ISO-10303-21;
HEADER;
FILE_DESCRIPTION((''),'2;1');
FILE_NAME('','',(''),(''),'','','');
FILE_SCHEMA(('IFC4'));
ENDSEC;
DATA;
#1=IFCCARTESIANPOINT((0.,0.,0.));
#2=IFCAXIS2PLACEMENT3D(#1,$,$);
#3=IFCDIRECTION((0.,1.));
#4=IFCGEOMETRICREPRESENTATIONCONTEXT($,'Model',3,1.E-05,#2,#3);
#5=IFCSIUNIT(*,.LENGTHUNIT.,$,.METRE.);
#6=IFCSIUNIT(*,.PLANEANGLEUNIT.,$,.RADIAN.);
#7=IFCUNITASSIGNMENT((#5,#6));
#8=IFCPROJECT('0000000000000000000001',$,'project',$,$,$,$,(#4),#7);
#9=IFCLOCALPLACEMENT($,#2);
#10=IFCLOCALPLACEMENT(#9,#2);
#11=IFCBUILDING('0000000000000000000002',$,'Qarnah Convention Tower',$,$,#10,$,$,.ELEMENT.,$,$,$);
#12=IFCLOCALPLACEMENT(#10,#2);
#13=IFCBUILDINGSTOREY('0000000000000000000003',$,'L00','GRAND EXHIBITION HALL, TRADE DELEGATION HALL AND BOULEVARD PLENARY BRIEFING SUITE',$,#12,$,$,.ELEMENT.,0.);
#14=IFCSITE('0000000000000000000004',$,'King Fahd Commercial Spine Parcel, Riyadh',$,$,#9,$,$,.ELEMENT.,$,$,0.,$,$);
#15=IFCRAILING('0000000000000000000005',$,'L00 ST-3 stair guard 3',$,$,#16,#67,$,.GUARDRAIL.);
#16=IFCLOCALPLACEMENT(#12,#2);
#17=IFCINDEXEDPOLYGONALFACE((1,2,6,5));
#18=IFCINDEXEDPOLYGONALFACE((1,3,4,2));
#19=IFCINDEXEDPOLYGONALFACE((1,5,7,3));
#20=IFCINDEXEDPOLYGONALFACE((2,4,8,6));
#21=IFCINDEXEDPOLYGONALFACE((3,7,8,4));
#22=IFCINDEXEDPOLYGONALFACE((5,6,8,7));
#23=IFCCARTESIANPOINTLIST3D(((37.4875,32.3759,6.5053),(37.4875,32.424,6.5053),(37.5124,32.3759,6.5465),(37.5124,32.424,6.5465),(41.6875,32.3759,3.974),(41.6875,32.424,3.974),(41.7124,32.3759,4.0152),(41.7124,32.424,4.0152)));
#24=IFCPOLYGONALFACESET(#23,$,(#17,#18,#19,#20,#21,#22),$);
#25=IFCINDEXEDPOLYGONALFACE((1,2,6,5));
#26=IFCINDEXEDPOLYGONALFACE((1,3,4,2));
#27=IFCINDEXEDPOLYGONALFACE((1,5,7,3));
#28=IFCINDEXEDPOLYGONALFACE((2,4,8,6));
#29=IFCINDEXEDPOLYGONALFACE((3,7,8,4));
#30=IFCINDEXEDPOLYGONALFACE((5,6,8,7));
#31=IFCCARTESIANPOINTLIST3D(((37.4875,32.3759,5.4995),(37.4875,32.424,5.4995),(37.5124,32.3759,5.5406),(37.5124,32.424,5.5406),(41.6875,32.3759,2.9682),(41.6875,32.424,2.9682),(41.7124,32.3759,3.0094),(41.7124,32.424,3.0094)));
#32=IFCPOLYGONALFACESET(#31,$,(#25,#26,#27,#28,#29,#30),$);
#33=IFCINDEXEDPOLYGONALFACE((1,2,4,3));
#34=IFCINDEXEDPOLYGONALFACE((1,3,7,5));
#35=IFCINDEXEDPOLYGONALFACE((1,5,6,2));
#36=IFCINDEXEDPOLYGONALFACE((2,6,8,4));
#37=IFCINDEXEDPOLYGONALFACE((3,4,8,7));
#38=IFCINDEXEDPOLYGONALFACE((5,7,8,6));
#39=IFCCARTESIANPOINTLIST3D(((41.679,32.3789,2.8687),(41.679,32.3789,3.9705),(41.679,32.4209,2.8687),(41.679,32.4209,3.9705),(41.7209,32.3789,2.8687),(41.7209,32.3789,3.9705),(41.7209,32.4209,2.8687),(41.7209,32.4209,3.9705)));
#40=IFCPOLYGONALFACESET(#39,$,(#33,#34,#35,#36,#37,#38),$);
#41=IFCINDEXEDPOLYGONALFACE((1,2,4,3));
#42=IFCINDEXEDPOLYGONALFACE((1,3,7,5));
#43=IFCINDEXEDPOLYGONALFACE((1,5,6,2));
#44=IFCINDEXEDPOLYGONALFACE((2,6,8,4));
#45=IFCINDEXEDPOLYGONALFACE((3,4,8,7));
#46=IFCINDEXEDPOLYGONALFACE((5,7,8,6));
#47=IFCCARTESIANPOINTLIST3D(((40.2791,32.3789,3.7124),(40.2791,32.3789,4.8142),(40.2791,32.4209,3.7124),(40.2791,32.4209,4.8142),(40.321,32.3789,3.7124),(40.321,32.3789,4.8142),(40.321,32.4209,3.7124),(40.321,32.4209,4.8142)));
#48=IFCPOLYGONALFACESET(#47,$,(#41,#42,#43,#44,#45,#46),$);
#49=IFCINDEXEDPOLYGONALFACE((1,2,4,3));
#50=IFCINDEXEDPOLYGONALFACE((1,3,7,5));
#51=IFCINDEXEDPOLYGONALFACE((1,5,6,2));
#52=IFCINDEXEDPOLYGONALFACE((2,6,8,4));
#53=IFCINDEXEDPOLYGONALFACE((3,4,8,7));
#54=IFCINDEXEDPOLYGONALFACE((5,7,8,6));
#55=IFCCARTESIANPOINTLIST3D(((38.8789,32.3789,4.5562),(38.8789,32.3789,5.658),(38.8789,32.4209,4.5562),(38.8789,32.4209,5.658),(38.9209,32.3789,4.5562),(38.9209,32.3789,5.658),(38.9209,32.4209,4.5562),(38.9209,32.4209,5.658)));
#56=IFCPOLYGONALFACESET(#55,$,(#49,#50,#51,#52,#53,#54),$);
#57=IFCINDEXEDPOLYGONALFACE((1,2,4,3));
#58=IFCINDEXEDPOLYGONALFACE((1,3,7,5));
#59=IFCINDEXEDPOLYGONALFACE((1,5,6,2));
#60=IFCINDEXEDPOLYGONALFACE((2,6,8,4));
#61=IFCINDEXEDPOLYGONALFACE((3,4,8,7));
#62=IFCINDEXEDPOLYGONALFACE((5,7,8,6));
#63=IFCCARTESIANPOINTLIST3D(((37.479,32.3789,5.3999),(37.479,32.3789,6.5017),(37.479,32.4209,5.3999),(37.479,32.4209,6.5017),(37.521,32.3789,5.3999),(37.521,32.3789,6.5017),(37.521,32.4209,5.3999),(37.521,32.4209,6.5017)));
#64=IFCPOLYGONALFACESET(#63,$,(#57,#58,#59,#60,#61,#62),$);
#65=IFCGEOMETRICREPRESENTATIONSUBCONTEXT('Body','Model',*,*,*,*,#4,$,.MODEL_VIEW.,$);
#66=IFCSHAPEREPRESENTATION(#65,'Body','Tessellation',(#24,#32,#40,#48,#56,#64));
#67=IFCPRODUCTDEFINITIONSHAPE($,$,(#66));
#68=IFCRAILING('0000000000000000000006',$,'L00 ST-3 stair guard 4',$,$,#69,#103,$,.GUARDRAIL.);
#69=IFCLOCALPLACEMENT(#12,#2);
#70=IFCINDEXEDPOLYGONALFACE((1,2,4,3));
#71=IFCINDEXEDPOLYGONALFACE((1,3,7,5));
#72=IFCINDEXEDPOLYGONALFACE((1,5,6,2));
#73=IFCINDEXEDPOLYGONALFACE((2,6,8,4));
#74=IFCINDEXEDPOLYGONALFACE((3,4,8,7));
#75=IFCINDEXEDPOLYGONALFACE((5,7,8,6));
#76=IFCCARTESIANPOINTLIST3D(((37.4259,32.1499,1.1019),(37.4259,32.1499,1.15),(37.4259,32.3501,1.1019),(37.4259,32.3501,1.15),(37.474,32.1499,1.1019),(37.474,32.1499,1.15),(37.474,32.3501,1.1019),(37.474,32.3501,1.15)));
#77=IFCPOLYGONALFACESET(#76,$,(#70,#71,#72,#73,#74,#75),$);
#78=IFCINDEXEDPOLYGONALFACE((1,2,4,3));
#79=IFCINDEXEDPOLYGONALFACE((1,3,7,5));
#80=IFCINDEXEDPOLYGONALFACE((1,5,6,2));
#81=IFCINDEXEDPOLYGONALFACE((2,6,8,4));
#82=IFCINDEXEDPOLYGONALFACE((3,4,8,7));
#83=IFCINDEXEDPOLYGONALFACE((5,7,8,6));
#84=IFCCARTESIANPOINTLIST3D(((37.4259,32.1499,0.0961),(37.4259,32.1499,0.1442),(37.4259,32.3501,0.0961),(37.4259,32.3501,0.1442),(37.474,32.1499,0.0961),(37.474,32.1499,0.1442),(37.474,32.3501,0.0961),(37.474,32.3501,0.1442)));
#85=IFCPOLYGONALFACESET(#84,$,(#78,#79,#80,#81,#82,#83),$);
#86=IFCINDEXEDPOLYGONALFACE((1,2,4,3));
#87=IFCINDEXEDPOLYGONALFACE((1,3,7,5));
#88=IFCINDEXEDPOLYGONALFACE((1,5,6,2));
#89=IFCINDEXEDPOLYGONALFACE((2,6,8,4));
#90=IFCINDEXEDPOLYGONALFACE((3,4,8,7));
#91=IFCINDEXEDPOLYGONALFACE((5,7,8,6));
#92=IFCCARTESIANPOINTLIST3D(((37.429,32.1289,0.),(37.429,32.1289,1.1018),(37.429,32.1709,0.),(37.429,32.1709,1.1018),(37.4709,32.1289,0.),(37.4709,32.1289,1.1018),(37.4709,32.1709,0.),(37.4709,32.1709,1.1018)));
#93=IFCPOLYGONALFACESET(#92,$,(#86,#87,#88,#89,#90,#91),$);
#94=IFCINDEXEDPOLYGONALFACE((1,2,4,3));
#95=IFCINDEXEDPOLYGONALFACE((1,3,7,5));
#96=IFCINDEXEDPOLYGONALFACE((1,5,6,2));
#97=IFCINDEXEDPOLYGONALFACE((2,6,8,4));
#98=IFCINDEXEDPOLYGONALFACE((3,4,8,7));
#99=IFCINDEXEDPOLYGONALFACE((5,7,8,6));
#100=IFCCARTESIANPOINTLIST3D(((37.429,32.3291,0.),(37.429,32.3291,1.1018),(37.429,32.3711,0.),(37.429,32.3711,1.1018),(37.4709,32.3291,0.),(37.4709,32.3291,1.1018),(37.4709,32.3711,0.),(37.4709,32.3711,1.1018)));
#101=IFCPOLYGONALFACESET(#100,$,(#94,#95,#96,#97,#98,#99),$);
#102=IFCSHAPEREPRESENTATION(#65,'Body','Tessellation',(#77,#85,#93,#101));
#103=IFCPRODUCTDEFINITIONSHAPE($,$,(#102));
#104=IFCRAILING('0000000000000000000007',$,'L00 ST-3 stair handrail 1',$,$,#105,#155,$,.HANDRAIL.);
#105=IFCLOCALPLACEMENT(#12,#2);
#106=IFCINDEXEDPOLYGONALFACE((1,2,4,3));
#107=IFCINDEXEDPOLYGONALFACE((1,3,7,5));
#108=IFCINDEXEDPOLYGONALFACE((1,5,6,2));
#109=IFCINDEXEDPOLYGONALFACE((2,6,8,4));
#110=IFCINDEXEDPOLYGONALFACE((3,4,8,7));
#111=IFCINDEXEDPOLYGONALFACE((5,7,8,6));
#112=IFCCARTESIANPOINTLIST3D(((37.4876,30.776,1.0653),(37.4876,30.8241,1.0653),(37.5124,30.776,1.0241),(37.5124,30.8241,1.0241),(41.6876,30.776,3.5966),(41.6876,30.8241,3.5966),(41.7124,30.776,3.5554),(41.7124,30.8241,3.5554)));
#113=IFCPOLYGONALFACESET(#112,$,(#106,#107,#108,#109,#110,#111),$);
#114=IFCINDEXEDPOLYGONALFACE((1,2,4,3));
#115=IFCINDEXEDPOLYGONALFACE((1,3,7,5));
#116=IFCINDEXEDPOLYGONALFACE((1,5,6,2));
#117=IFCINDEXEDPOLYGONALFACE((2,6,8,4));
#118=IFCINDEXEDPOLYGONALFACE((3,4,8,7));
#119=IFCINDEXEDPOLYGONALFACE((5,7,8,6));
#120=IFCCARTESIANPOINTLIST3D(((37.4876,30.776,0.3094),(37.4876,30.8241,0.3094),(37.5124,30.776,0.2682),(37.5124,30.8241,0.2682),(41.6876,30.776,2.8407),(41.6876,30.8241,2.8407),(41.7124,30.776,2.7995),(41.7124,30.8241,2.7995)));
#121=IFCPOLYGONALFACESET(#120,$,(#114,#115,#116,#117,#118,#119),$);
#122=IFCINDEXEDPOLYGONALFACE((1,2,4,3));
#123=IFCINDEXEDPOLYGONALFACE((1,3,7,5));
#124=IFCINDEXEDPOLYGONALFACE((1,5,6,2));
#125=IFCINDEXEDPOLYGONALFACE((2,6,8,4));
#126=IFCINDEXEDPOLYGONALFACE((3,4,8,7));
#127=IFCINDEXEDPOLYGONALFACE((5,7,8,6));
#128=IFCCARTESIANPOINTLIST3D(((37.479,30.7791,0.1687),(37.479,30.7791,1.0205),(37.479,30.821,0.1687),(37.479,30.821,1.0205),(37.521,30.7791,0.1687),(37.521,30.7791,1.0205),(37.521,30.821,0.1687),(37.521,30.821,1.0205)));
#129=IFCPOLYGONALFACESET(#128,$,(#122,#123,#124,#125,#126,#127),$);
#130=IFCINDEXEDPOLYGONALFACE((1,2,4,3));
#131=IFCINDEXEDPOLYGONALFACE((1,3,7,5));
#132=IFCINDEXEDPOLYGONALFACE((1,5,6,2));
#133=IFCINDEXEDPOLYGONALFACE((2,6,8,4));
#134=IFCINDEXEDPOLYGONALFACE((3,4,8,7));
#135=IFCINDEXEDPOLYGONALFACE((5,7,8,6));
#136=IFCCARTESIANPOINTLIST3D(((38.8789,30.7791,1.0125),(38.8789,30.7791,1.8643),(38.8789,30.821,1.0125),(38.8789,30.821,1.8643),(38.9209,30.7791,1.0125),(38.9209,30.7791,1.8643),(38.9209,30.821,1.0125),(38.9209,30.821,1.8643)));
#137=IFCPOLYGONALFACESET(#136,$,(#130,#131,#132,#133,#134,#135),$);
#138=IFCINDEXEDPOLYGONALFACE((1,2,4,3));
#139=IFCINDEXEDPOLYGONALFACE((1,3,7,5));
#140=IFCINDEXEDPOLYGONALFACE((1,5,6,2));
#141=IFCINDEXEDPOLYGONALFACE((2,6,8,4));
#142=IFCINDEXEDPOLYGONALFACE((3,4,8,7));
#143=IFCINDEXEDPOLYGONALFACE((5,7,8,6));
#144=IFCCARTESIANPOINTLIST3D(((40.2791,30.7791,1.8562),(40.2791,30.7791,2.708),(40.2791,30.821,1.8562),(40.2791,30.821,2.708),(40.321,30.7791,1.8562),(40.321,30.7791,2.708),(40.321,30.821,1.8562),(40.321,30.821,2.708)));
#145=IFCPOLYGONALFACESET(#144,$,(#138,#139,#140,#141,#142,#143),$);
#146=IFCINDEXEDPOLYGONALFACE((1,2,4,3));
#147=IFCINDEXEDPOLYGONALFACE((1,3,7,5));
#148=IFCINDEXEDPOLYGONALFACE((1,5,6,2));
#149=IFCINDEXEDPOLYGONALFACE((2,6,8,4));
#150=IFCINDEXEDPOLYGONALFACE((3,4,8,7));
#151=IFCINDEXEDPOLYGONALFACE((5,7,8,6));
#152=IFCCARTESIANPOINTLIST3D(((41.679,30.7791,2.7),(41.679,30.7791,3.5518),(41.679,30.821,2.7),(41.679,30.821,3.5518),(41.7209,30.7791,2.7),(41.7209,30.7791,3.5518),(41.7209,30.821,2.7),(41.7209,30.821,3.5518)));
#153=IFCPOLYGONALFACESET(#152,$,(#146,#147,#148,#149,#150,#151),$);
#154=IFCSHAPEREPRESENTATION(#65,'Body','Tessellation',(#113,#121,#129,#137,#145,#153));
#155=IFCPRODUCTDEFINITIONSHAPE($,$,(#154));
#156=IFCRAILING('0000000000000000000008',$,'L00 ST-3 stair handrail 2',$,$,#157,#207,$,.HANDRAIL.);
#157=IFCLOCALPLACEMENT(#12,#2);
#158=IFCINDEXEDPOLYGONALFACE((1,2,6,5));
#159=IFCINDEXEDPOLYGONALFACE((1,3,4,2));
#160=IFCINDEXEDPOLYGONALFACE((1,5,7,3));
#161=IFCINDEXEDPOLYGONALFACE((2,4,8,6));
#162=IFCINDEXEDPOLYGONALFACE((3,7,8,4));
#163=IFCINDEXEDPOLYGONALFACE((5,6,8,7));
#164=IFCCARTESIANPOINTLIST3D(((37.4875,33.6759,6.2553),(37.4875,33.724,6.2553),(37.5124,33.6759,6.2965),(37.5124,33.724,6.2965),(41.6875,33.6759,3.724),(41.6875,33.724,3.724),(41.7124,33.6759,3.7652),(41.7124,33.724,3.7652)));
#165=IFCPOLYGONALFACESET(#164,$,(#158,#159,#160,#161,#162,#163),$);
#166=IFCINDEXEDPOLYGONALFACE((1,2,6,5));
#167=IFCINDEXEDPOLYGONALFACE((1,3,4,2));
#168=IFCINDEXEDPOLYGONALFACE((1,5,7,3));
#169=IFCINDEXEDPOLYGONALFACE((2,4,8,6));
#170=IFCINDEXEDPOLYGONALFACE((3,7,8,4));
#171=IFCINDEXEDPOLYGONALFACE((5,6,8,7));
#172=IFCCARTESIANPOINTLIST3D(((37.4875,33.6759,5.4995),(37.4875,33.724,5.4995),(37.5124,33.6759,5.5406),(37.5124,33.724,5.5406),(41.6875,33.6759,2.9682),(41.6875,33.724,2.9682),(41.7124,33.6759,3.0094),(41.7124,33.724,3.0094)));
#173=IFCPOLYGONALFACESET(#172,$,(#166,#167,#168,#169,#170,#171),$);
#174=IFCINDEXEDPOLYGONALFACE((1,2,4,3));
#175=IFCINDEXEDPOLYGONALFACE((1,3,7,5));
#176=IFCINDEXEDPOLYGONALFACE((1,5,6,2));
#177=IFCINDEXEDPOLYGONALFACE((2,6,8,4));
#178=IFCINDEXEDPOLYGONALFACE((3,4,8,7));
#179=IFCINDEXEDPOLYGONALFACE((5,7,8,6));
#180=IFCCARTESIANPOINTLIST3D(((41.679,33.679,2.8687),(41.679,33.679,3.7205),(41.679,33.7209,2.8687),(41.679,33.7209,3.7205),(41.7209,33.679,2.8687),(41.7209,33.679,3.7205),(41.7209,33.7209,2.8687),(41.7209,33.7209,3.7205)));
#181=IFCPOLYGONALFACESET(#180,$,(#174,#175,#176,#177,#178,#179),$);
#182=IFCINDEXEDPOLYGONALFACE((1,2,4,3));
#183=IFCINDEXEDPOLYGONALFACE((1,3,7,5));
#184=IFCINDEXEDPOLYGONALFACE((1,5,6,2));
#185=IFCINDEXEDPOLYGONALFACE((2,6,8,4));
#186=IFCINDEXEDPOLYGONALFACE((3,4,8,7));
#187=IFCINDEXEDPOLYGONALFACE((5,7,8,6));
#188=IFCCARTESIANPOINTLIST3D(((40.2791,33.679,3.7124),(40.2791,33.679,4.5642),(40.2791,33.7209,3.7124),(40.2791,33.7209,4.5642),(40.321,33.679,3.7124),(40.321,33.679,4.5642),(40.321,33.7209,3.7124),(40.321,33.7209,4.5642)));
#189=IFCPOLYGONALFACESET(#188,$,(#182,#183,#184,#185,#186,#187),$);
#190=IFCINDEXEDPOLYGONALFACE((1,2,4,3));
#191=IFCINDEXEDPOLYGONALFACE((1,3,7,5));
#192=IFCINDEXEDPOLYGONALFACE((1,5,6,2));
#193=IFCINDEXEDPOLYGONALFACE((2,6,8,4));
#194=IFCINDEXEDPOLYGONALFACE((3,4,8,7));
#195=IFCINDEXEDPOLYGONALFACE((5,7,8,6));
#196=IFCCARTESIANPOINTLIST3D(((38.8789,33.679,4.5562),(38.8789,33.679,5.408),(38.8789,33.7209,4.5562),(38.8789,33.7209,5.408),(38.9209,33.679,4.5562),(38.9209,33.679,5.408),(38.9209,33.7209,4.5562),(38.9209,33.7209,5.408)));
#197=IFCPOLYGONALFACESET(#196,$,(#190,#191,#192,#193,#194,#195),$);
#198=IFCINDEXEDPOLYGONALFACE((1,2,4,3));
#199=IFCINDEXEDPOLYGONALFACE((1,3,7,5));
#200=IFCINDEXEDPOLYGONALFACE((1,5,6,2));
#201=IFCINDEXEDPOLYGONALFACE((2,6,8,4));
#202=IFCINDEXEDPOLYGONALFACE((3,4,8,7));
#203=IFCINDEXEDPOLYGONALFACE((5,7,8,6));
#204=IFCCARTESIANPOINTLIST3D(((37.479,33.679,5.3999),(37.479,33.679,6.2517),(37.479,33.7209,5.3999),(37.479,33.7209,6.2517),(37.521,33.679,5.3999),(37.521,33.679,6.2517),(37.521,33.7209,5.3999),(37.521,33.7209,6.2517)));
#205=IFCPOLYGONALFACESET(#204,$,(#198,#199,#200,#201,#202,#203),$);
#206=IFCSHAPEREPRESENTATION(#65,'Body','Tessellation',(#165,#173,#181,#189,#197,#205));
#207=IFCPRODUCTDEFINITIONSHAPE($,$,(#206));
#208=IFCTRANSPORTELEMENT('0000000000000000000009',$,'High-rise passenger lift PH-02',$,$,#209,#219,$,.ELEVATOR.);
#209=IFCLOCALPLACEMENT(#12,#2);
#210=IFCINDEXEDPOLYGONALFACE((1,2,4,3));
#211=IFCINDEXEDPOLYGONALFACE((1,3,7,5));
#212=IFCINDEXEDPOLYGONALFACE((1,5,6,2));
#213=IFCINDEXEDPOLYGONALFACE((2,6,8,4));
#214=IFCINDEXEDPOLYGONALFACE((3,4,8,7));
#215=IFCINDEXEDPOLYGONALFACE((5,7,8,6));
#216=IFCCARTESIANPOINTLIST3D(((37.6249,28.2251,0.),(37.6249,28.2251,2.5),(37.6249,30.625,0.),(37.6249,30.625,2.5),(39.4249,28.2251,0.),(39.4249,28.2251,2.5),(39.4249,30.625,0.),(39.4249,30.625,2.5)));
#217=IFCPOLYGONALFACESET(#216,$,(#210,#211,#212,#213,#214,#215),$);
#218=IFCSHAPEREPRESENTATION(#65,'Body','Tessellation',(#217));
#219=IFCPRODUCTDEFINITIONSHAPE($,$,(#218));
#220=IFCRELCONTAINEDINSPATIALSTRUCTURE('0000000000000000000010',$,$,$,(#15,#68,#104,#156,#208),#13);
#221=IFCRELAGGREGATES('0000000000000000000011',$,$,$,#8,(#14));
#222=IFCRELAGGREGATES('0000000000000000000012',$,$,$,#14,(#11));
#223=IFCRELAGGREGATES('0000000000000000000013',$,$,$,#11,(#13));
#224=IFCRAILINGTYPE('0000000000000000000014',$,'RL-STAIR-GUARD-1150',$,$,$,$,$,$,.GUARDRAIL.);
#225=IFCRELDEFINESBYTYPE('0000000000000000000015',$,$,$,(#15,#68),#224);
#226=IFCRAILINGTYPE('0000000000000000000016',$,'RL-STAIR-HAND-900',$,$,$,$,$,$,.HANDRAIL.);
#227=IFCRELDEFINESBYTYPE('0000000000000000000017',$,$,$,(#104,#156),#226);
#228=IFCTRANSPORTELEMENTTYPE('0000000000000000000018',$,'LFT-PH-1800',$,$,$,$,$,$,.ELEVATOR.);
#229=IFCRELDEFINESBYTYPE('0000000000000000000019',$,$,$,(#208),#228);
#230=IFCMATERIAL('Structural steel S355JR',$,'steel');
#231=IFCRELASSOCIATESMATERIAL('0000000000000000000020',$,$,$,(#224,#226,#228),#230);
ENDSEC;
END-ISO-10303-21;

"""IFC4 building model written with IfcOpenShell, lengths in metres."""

from ifc_helpers import new_model, si_unit, direction, frame, origin, origin_2d, place, context, subcontext, project, spatial, rectangle, extrude, material, type_object, element, save


model = new_model("IFC4")

# Units and contexts
model_context = context("Model", 3, precision=1e-05, world=origin(), true_north=direction((0.0, 1.0)))
body_context = subcontext(model_context, "Body", "Model", "MODEL_VIEW")
ifc_project = project(units=[si_unit("LENGTHUNIT", "METRE"), si_unit("PLANEANGLEUNIT", "RADIAN")], contexts=[model_context])

# Site, building, storey
site_placement = place(None, origin())
site = spatial("IfcSite", under=ifc_project, at=site_placement, Name="King Fahd Commercial Spine Parcel, Riyadh", CompositionType="ELEMENT", RefElevation=0.0)
building_placement = place(site_placement, origin())
building = spatial("IfcBuilding", under=site, at=building_placement, Name="Qarnah Convention Tower", CompositionType="ELEMENT")
storey_placement = place(building_placement, origin())
storey = spatial("IfcBuildingStorey", under=building, at=storey_placement, Name="L00", Description="GRAND EXHIBITION HALL, TRADE DELEGATION HALL AND BOULEVARD PLENARY BRIEFING SUITE", CompositionType="ELEMENT", Elevation=0.0)

# Shared definitions
ifc_material_1 = material(Name="Structural steel S355JR", Category="steel")

# Railings
railing_type_1 = type_object("IfcRailingType", Name="RL-STAIR-GUARD-1150", PredefinedType="GUARDRAIL", material=ifc_material_1)
railing_1_placement = place(storey_placement, frame((41.7, 32.3999, 2.8687)))
element("IfcRailing", 1, at=railing_1_placement, inside=storey, type_object=railing_type_1, Name="L00 ST-3 stair guard 3", PredefinedType="GUARDRAIL", context=body_context, shape_type="SweptSolid", body=[
    extrude(rectangle(XDim=0.0481, YDim=0.0481, at=origin_2d()), frame((0.0, 0.0, 1.126), z_axis=(-0.856476, 0.0, 0.516186), x_axis=(0.0, -1.0, 0.0)), (0.0, 0.0, 1.0), 4.9038),
    extrude(rectangle(XDim=0.0481, YDim=0.0481, at=origin_2d()), frame((0.0, 0.0, 0.1201), z_axis=(-0.856476, 0.0, 0.516186), x_axis=(0.0, -1.0, 0.0)), (0.0, 0.0, 1.0), 4.9038),
    extrude(rectangle(XDim=0.042, YDim=0.042, at=origin_2d()), origin(), (0.0, 0.0, 1.0), 1.1018),
    extrude(rectangle(XDim=0.042, YDim=0.042, at=origin_2d()), frame((-1.3999, 0.0, 0.8438)), (0.0, 0.0, 1.0), 1.1018),
    extrude(rectangle(XDim=0.042, YDim=0.042, at=origin_2d()), frame((-2.8, 0.0, 1.6875)), (0.0, 0.0, 1.0), 1.1018),
    extrude(rectangle(XDim=0.042, YDim=0.042, at=origin_2d()), frame((-4.2, 0.0, 2.5312)), (0.0, 0.0, 1.0), 1.1018),
])
railing_2_placement = place(storey_placement, frame((37.45, 32.1499, 0.0)))
element("IfcRailing", 2, at=railing_2_placement, inside=storey, type_object=railing_type_1, Name="L00 ST-3 stair guard 4", PredefinedType="GUARDRAIL", context=body_context, shape_type="SweptSolid", body=[
    extrude(rectangle(XDim=0.0481, YDim=0.0481, at=origin_2d()), frame((0.0, 0.0, 1.126), z_axis=(0.0, 1.0, 0.0), x_axis=(-1.0, 0.0, 0.0)), (0.0, 0.0, 1.0), 0.2002),
    extrude(rectangle(XDim=0.0481, YDim=0.0481, at=origin_2d()), frame((0.0, 0.0, 0.1201), z_axis=(0.0, 1.0, 0.0), x_axis=(-1.0, 0.0, 0.0)), (0.0, 0.0, 1.0), 0.2002),
    extrude(rectangle(XDim=0.042, YDim=0.042, at=origin_2d()), origin(), (0.0, 0.0, 1.0), 1.1018),
    extrude(rectangle(XDim=0.042, YDim=0.042, at=origin_2d()), frame((0.0, 0.2002, 0.0)), (0.0, 0.0, 1.0), 1.1018),
])
railing_type_2 = type_object("IfcRailingType", Name="RL-STAIR-HAND-900", PredefinedType="HANDRAIL", material=ifc_material_1)
railing_3_placement = place(storey_placement, frame((37.5, 30.8, 0.1687)))
element("IfcRailing", 3, at=railing_3_placement, inside=storey, type_object=railing_type_2, Name="L00 ST-3 stair handrail 1", PredefinedType="HANDRAIL", context=body_context, shape_type="SweptSolid", body=[
    extrude(rectangle(XDim=0.0481, YDim=0.0481, at=origin_2d()), frame((0.0, 0.0, 0.876), z_axis=(0.856476, 0.0, 0.516186), x_axis=(0.0, 1.0, 0.0)), (0.0, 0.0, 1.0), 4.9038),
    extrude(rectangle(XDim=0.0481, YDim=0.0481, at=origin_2d()), frame((0.0, 0.0, 0.1201), z_axis=(0.856476, 0.0, 0.516186), x_axis=(0.0, 1.0, 0.0)), (0.0, 0.0, 1.0), 4.9038),
    extrude(rectangle(XDim=0.042, YDim=0.042, at=origin_2d()), origin(), (0.0, 0.0, 1.0), 0.8518),
    extrude(rectangle(XDim=0.042, YDim=0.042, at=origin_2d()), frame((1.3999, 0.0, 0.8438)), (0.0, 0.0, 1.0), 0.8518),
    extrude(rectangle(XDim=0.042, YDim=0.042, at=origin_2d()), frame((2.8, 0.0, 1.6875)), (0.0, 0.0, 1.0), 0.8518),
    extrude(rectangle(XDim=0.042, YDim=0.042, at=origin_2d()), frame((4.2, 0.0, 2.5312)), (0.0, 0.0, 1.0), 0.8518),
])
railing_4_placement = place(storey_placement, frame((41.7, 33.7, 2.8687)))
element("IfcRailing", 4, at=railing_4_placement, inside=storey, type_object=railing_type_2, Name="L00 ST-3 stair handrail 2", PredefinedType="HANDRAIL", context=body_context, shape_type="SweptSolid", body=[
    extrude(rectangle(XDim=0.0481, YDim=0.0481, at=origin_2d()), frame((0.0, 0.0, 0.876), z_axis=(-0.856476, 0.0, 0.516186), x_axis=(0.0, -1.0, 0.0)), (0.0, 0.0, 1.0), 4.9038),
    extrude(rectangle(XDim=0.0481, YDim=0.0481, at=origin_2d()), frame((0.0, 0.0, 0.1201), z_axis=(-0.856476, 0.0, 0.516186), x_axis=(0.0, -1.0, 0.0)), (0.0, 0.0, 1.0), 4.9038),
    extrude(rectangle(XDim=0.042, YDim=0.042, at=origin_2d()), origin(), (0.0, 0.0, 1.0), 0.8518),
    extrude(rectangle(XDim=0.042, YDim=0.042, at=origin_2d()), frame((-1.3999, 0.0, 0.8438)), (0.0, 0.0, 1.0), 0.8518),
    extrude(rectangle(XDim=0.042, YDim=0.042, at=origin_2d()), frame((-2.8, 0.0, 1.6875)), (0.0, 0.0, 1.0), 0.8518),
    extrude(rectangle(XDim=0.042, YDim=0.042, at=origin_2d()), frame((-4.2, 0.0, 2.5312)), (0.0, 0.0, 1.0), 0.8518),
])

# Transport element
transport_element_type = type_object("IfcTransportElementType", Name="LFT-PH-1800", PredefinedType="ELEVATOR", material=ifc_material_1)
for number, where, z_axis, x_axis, name in (
    (5, (38.5249, 29.425, 0.0), (0.0, 0.0, 1.0), (1.0, 0.0, 0.0), "High-rise passenger lift PH-02"),
):
    element("IfcTransportElement", number, at=place(storey_placement, frame(where, z_axis=z_axis, x_axis=x_axis)), inside=storey, type_object=transport_element_type, Name=name, PredefinedType="ELEVATOR", context=body_context, shape_type="SweptSolid", body=[
        extrude(rectangle(XDim=1.8, YDim=2.3999, at=origin_2d()), origin(), (0.0, 0.0, 1.0), 2.5),
    ])

save(model, "model.ifc")
